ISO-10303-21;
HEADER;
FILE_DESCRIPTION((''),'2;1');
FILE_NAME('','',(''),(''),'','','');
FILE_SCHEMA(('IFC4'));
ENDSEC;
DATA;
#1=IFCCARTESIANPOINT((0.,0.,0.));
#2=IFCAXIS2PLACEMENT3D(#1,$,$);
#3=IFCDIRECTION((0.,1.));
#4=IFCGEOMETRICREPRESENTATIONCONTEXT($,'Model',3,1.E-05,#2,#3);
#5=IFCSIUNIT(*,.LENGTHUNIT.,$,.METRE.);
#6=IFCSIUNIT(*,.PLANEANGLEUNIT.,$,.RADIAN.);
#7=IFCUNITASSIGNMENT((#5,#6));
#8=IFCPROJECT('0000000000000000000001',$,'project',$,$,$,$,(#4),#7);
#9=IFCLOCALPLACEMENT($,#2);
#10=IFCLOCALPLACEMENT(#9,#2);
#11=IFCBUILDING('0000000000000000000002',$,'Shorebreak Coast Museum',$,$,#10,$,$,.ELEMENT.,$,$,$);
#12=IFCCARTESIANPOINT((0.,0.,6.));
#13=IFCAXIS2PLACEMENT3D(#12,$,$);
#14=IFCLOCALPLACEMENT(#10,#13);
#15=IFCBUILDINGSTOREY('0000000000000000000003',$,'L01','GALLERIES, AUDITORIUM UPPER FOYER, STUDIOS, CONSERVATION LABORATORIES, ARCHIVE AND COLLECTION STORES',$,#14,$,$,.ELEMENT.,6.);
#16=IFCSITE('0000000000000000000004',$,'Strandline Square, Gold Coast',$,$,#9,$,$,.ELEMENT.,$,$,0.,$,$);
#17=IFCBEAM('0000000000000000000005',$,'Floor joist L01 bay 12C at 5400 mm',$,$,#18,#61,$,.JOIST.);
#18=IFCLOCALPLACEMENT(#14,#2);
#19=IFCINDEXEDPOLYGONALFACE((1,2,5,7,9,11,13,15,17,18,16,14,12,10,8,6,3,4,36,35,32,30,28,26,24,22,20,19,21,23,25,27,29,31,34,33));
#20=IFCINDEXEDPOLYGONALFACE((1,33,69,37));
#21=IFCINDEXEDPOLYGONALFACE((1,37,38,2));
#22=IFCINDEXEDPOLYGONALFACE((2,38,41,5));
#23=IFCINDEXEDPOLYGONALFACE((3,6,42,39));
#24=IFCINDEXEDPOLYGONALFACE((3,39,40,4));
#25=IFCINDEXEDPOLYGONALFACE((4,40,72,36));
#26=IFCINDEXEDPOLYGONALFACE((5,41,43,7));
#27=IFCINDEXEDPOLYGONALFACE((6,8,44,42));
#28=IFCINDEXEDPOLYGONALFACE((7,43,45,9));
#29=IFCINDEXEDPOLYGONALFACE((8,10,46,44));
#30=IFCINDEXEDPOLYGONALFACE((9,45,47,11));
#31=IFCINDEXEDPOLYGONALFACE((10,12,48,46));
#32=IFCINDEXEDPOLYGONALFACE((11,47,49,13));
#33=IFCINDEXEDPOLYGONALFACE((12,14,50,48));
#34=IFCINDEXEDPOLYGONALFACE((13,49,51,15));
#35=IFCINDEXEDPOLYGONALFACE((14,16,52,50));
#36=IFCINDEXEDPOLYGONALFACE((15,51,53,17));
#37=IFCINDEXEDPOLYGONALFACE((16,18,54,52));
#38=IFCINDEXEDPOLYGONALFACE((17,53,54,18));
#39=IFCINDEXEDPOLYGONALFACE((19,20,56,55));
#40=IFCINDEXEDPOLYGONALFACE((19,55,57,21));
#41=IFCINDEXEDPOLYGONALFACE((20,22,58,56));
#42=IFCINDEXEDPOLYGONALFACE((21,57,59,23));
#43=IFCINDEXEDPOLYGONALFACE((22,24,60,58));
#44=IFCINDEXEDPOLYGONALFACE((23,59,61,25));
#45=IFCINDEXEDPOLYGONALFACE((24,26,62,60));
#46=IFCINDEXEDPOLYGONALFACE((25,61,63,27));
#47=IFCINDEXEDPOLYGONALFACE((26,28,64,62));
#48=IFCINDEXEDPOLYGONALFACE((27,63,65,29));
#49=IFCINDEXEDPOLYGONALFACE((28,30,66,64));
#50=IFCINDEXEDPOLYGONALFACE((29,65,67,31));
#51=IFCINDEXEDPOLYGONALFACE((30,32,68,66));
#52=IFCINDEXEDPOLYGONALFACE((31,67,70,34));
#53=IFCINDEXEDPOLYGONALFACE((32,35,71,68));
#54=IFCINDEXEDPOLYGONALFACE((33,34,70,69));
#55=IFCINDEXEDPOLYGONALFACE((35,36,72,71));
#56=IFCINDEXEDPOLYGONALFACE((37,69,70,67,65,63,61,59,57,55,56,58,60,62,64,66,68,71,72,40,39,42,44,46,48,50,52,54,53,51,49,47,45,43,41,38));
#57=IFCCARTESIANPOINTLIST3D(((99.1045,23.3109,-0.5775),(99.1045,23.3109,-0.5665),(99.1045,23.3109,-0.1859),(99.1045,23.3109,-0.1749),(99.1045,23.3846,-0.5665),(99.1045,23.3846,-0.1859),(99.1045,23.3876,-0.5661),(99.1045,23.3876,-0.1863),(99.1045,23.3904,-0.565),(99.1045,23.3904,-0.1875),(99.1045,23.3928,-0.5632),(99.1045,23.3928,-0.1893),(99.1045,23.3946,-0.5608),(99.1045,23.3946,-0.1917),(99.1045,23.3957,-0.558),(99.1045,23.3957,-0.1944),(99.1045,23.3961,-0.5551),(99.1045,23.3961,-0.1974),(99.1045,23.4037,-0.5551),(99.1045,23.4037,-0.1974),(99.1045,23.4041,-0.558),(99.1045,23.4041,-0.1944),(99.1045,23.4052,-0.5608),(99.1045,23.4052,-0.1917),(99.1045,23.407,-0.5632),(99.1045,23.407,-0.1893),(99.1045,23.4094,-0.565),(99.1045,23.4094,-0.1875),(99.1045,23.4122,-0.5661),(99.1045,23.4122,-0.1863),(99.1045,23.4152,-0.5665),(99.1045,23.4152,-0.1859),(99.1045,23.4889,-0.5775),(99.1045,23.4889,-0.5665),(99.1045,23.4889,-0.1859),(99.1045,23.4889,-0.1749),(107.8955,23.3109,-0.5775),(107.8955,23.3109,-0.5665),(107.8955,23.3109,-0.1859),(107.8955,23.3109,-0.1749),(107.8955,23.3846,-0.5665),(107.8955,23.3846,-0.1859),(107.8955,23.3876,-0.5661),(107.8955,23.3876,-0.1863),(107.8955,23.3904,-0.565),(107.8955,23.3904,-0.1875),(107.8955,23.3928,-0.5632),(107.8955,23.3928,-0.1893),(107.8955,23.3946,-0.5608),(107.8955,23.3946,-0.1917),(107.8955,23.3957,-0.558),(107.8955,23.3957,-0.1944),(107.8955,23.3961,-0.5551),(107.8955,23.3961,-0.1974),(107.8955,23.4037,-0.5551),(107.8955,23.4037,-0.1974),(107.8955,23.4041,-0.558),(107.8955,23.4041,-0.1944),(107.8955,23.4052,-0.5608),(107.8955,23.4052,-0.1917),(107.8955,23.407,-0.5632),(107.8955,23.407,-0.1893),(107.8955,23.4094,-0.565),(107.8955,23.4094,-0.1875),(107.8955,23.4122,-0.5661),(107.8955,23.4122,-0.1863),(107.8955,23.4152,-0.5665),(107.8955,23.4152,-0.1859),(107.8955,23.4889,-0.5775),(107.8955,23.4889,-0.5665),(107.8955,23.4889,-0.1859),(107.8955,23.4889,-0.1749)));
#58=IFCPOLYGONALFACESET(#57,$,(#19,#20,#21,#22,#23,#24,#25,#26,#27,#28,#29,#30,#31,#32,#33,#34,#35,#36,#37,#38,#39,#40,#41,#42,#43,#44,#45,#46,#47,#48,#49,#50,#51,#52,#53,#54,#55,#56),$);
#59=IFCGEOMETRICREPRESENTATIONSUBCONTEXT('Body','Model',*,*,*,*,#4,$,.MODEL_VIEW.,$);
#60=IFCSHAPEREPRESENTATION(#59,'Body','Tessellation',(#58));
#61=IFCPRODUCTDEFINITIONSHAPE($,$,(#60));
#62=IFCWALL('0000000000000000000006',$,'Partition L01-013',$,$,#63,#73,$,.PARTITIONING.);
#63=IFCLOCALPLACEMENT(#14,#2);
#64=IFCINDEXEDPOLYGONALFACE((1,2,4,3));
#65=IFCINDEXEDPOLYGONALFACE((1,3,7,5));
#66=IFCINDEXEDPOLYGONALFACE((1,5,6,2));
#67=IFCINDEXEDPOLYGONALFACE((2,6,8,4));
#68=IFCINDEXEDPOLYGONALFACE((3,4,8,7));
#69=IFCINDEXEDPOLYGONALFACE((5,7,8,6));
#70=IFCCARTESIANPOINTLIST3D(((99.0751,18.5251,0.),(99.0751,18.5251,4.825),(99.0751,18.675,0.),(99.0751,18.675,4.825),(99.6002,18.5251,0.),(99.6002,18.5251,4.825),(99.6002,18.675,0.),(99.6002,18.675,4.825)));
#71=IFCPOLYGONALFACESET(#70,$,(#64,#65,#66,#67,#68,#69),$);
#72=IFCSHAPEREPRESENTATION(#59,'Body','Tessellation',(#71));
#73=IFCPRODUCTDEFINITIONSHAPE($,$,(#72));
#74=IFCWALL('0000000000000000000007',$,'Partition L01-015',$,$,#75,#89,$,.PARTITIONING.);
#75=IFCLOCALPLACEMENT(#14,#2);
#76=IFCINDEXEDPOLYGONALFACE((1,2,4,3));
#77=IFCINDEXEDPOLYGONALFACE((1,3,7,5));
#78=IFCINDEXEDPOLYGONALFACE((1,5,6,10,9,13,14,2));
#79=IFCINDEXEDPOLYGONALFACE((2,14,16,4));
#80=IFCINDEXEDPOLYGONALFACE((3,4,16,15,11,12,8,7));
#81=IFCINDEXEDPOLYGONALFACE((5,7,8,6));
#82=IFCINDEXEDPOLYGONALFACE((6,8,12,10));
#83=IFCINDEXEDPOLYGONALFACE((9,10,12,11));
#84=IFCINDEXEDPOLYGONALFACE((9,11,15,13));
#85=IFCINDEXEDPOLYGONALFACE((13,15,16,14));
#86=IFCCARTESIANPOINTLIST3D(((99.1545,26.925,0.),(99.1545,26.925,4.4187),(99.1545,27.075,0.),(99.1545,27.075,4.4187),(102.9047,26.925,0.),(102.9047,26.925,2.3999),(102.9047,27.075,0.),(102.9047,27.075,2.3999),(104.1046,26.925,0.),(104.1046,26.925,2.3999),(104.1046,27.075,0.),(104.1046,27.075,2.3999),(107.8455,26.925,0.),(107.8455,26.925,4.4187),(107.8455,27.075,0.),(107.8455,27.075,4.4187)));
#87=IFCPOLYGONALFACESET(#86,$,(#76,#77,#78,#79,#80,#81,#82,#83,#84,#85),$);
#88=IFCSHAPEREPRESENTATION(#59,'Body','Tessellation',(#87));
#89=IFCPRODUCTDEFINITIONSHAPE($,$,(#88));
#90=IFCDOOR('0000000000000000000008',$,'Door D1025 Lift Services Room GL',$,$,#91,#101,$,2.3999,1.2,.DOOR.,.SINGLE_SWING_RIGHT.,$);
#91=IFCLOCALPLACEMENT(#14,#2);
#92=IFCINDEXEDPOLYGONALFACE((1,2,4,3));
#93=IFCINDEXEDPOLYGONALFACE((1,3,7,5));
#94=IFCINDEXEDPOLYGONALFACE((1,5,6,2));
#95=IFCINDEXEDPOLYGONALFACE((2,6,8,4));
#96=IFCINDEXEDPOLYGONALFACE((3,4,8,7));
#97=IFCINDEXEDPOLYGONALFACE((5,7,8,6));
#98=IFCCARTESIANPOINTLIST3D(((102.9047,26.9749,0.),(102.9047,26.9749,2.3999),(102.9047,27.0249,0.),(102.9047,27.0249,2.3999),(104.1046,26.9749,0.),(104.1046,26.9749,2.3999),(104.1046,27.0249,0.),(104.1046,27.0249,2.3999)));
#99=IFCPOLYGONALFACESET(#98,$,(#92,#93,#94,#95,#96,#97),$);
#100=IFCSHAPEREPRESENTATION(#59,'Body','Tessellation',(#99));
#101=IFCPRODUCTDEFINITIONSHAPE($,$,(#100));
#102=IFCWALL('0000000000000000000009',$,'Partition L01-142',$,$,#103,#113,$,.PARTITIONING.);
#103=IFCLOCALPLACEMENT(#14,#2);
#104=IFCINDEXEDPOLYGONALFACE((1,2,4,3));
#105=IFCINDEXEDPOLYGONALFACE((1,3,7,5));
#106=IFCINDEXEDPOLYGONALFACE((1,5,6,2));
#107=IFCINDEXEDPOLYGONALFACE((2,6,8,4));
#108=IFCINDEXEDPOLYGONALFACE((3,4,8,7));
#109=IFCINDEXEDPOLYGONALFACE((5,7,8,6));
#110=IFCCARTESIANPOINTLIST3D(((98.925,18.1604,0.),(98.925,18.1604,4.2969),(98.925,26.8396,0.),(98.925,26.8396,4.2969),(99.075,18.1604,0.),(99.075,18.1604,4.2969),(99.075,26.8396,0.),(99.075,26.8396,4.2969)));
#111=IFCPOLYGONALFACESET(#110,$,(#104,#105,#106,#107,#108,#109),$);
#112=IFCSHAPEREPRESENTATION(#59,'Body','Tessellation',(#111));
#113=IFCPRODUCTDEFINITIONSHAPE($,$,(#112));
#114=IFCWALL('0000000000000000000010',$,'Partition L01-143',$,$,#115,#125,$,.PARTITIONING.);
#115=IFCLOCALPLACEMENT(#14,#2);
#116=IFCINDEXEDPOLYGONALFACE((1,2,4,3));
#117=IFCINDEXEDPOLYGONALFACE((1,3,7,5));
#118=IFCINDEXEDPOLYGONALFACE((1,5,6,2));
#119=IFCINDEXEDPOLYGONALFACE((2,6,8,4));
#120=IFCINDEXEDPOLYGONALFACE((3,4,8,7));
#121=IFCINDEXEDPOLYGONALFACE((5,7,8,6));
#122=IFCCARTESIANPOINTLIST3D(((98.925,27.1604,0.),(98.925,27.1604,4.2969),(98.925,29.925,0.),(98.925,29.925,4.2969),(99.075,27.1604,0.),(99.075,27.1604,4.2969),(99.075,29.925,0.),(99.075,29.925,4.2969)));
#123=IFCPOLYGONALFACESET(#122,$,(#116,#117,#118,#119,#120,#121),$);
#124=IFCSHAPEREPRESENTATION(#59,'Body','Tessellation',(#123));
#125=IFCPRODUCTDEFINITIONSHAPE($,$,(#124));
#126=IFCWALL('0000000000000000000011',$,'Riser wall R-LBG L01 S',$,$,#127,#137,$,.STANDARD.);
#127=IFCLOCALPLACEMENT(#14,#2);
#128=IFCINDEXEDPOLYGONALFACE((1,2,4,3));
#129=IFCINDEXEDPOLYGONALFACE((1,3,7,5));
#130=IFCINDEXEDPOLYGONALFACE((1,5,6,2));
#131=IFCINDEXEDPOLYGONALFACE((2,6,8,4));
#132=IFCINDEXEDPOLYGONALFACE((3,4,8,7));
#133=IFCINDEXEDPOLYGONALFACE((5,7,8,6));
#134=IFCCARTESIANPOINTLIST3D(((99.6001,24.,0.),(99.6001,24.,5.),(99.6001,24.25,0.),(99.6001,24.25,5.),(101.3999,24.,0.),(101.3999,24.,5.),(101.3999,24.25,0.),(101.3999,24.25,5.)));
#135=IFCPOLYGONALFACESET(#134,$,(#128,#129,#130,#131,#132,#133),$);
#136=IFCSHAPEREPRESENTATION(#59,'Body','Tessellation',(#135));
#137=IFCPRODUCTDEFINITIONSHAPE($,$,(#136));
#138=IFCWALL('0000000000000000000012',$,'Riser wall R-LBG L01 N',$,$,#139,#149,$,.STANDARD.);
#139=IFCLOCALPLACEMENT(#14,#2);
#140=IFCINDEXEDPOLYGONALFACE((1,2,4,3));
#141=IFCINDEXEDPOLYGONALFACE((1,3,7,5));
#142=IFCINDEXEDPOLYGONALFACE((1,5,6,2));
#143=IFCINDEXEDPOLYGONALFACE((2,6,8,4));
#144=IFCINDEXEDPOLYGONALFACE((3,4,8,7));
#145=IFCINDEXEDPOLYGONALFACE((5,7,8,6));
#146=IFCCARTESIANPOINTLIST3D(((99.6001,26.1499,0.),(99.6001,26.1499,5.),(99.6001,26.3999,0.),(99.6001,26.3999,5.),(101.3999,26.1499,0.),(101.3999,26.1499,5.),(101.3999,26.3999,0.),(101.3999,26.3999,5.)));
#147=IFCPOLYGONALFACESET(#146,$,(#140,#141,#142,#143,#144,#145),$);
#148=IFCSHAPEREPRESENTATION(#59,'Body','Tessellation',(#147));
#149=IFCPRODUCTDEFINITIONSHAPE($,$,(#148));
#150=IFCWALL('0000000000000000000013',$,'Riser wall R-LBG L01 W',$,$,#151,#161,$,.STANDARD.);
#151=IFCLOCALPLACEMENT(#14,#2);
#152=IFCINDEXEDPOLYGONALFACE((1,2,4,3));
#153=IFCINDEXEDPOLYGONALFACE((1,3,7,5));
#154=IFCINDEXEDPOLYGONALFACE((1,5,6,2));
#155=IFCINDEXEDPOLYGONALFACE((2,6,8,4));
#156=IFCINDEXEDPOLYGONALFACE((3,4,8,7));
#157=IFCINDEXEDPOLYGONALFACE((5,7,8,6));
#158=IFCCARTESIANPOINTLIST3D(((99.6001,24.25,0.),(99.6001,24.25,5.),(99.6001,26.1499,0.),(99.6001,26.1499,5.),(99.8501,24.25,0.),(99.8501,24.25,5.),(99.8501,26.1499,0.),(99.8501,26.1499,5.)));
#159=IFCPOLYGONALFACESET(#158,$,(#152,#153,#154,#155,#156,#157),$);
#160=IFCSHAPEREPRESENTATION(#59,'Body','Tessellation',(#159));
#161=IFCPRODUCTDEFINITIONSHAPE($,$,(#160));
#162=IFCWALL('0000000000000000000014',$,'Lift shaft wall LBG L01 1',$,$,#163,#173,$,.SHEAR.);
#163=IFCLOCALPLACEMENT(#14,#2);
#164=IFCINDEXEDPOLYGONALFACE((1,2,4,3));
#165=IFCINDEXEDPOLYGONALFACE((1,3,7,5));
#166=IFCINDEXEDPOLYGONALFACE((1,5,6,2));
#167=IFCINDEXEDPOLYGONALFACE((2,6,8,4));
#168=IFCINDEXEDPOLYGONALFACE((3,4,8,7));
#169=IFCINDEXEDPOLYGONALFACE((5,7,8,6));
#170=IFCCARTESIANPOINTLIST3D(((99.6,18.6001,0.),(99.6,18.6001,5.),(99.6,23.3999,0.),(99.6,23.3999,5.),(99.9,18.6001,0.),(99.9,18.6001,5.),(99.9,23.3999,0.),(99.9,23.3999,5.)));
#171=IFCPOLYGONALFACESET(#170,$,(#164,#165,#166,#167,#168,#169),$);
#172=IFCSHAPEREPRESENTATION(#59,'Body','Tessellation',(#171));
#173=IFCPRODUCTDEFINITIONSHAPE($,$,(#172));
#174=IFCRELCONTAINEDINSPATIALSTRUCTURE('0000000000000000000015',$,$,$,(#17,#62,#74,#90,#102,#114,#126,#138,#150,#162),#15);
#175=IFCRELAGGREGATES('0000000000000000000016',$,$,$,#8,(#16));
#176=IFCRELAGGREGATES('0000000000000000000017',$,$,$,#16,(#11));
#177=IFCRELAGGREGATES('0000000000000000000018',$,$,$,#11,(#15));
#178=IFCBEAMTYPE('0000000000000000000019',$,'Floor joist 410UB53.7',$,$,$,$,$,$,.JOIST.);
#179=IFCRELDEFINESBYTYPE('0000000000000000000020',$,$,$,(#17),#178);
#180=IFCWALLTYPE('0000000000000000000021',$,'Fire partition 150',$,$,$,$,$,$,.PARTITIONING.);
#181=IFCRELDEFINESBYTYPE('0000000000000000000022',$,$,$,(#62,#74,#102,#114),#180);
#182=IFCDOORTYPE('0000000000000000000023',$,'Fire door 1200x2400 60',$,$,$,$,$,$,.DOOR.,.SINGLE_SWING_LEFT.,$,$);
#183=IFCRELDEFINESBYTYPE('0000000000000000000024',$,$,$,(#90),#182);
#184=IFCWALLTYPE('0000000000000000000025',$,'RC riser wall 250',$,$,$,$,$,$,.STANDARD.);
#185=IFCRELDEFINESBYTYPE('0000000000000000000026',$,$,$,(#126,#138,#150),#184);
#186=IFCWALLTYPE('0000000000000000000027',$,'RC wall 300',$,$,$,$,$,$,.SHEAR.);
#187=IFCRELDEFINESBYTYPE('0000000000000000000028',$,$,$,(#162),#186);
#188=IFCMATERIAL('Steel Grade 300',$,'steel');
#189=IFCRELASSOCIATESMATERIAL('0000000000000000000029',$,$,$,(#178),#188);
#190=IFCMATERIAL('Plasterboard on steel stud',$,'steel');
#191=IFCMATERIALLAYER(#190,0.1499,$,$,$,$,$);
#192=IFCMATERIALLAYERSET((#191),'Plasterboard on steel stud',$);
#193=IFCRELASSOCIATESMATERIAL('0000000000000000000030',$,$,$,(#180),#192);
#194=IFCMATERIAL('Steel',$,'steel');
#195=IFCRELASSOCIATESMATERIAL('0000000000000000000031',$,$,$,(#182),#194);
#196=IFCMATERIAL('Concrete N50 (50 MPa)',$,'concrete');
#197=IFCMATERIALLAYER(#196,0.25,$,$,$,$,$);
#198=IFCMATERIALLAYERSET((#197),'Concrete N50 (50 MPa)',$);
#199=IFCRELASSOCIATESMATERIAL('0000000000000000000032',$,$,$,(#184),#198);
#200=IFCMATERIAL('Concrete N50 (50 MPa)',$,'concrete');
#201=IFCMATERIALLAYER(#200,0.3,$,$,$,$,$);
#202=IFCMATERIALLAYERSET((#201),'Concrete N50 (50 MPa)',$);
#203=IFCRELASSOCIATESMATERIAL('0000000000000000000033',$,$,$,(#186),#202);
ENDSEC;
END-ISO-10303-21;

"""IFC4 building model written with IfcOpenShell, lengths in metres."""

from ifc_helpers import new_model, si_unit, direction, frame, frame_2d, origin, origin_2d, place, context, subcontext, project, spatial, rectangle, i_section, extrude, material, layer, layer_set, material_profile, profile_set, type_object, element, fill, save


model = new_model("IFC4")

# Units and contexts
model_context = context("Model", 3, precision=1e-05, world=origin(), true_north=direction((0.0, 1.0)))
body_context = subcontext(model_context, "Body", "Model", "MODEL_VIEW")
ifc_project = project(units=[si_unit("LENGTHUNIT", "METRE"), si_unit("PLANEANGLEUNIT", "RADIAN")], contexts=[model_context])

# Site, building, storey
site_placement = place(None, origin())
site = spatial("IfcSite", under=ifc_project, at=site_placement, Name="Strandline Square, Gold Coast", CompositionType="ELEMENT", RefElevation=0.0)
building_placement = place(site_placement, origin())
building = spatial("IfcBuilding", under=site, at=building_placement, Name="Shorebreak Coast Museum", CompositionType="ELEMENT")
storey_placement = place(building_placement, frame((0.0, 0.0, 6.0)))
storey = spatial("IfcBuildingStorey", under=building, at=storey_placement, Name="L01", Description="GALLERIES, AUDITORIUM UPPER FOYER, STUDIOS, CONSERVATION LABORATORIES, ARCHIVE AND COLLECTION STORES", CompositionType="ELEMENT", Elevation=6.0)

# Beam
ifc_material_1 = material(Name="Steel Grade 300", Category="steel")
ifc_material_profile_1 = material_profile(ifc_material_1, i_section(OverallWidth=0.178, OverallDepth=0.4026, WebThickness=0.0076, FlangeThickness=0.011, FilletRadius=0.0115, at=origin_2d()), Name="410UB53.7")
ifc_profile_set_1 = profile_set([ifc_material_profile_1], Name="Steel Grade 300")
beam_type_1 = type_object("IfcBeamType", Name="Floor joist 410UB53.7", PredefinedType="JOIST", material=ifc_profile_set_1)
for number, where, z_axis, x_axis, name in (
    (1, (99.1045, 23.3999, -0.3762), (1.0, 0.0, 0.0), (0.0, 1.0, 0.0), "Floor joist L01 bay 12C at 5400 mm"),
):
    element("IfcBeam", number, at=place(storey_placement, frame(where, z_axis=z_axis, x_axis=x_axis)), inside=storey, type_object=beam_type_1, Name=name, PredefinedType="JOIST", context=body_context, shape_type="SweptSolid", body=[
        extrude(i_section(OverallWidth=0.178, OverallDepth=0.4026, WebThickness=0.0076, FlangeThickness=0.011, FilletRadius=0.0115, at=origin_2d()), origin(), (0.0, 0.0, 1.0), 8.791),
    ])

# Wall
ifc_material_2 = material(Name="Plasterboard on steel stud", Category="steel")
ifc_layer_1 = layer(ifc_material_2, 0.1499)
ifc_layer_set_1 = layer_set([ifc_layer_1], Name="Plasterboard on steel stud")
wall_type_1 = type_object("IfcWallType", Name="Fire partition 150", PredefinedType="PARTITIONING", material=ifc_layer_set_1)
wall_1_placement = place(storey_placement, frame((99.075, 18.6001, 0.0), z_axis=(0.0, 0.0, 1.0), x_axis=(1.0, 0.0, 0.0)))
element("IfcWall", 2, at=wall_1_placement, inside=storey, type_object=wall_type_1, Name="Partition L01-013", PredefinedType="PARTITIONING", context=body_context, shape_type="SweptSolid", body=[
    extrude(rectangle(XDim=0.5251, YDim=0.1499, at=frame_2d((0.2627, 0.0))), origin(), (0.0, 0.0, 1.0), 4.825),
])

# Wall, opening, door
wall_2_placement = place(storey_placement, frame((99.1545, 27.0, 0.0), z_axis=(0.0, 0.0, 1.0), x_axis=(1.0, 0.0, 0.0)))
wall_2 = element("IfcWall", 3, at=wall_2_placement, inside=storey, type_object=wall_type_1, Name="Partition L01-015", PredefinedType="PARTITIONING", context=body_context, shape_type="SweptSolid", body=[
    extrude(rectangle(XDim=8.6909, YDim=0.1499, at=frame_2d((4.3455, 0.0))), origin(), (0.0, 0.0, 1.0), 4.4187),
])
opening_1_placement = place(wall_2_placement, frame((3.75, 0.0, 0.0)))
opening_1 = element("IfcOpeningElement", 4, at=opening_1_placement, cuts=wall_2, PredefinedType="OPENING", context=body_context, shape_type="SweptSolid", body=[
    extrude(rectangle(XDim=1.2, YDim=2.3999, at=frame_2d((0.6001, 1.2))), frame((0.0, 0.085, 0.0), z_axis=(0.0, -1.0, 0.0), x_axis=(1.0, 0.0, 0.0)), (0.0, 0.0, 1.0), 0.1699),
])
ifc_material_3 = material(Name="Steel", Category="steel")
door_type_1 = type_object("IfcDoorType", Name="Fire door 1200x2400 60", OperationType="SINGLE_SWING_LEFT", PredefinedType="DOOR", material=ifc_material_3)
door_1_placement = place(opening_1_placement, origin())
door_1 = element("IfcDoor", 5, at=door_1_placement, inside=storey, type_object=door_type_1, Name="Door D1025 Lift Services Room GL", OperationType="SINGLE_SWING_RIGHT", OverallHeight=2.3999, OverallWidth=1.2, PredefinedType="DOOR", context=body_context, shape_type="SweptSolid", body=[
    extrude(rectangle(XDim=1.2, YDim=2.3999, at=frame_2d((0.6001, 1.2))), frame((0.0, 0.0249, 0.0), z_axis=(0.0, -1.0, 0.0), x_axis=(1.0, 0.0, 0.0)), (0.0, 0.0, 1.0), 0.05),
])
fill(opening_1, door_1)

# Walls
wall_3_placement = place(storey_placement, frame((99.0, 18.1604, 0.0), z_axis=(0.0, 0.0, 1.0), x_axis=(0.0, 1.0, 0.0)))
element("IfcWall", 6, at=wall_3_placement, inside=storey, type_object=wall_type_1, Name="Partition L01-142", PredefinedType="PARTITIONING", context=body_context, shape_type="SweptSolid", body=[
    extrude(rectangle(XDim=8.6792, YDim=0.1499, at=frame_2d((4.3396, 0.0))), origin(), (0.0, 0.0, 1.0), 4.2969),
])
wall_4_placement = place(storey_placement, frame((99.0, 27.1604, 0.0), z_axis=(0.0, 0.0, 1.0), x_axis=(0.0, 1.0, 0.0)))
element("IfcWall", 7, at=wall_4_placement, inside=storey, type_object=wall_type_1, Name="Partition L01-143", PredefinedType="PARTITIONING", context=body_context, shape_type="SweptSolid", body=[
    extrude(rectangle(XDim=2.7646, YDim=0.1499, at=frame_2d((1.3823, 0.0))), origin(), (0.0, 0.0, 1.0), 4.2969),
])
ifc_material_4 = material(Name="Concrete N50 (50 MPa)", Category="concrete")
ifc_layer_2 = layer(ifc_material_4, 0.25)
ifc_layer_set_2 = layer_set([ifc_layer_2], Name="Concrete N50 (50 MPa)")
wall_type_2 = type_object("IfcWallType", Name="RC riser wall 250", PredefinedType="STANDARD", material=ifc_layer_set_2)
for number, where, z_axis, x_axis, name in (
    (8, (99.6001, 24.125, 0.0), (0.0, 0.0, 1.0), (1.0, 0.0, 0.0), "Riser wall R-LBG L01 S"),
    (9, (99.6001, 26.2749, 0.0), (0.0, 0.0, 1.0), (1.0, 0.0, 0.0), "Riser wall R-LBG L01 N"),
):
    element("IfcWall", number, at=place(storey_placement, frame(where, z_axis=z_axis, x_axis=x_axis)), inside=storey, type_object=wall_type_2, Name=name, PredefinedType="STANDARD", context=body_context, shape_type="SweptSolid", body=[
        extrude(rectangle(XDim=1.7998, YDim=0.25, at=frame_2d((0.8999, 0.0))), origin(), (0.0, 0.0, 1.0), 5.0),
    ])
wall_5_placement = place(storey_placement, frame((99.7251, 24.25, 0.0), z_axis=(0.0, 0.0, 1.0), x_axis=(0.0, 1.0, 0.0)))
element("IfcWall", 10, at=wall_5_placement, inside=storey, type_object=wall_type_2, Name="Riser wall R-LBG L01 W", PredefinedType="STANDARD", context=body_context, shape_type="SweptSolid", body=[
    extrude(rectangle(XDim=1.8999, YDim=0.25, at=frame_2d((0.95, 0.0))), origin(), (0.0, 0.0, 1.0), 5.0),
])
ifc_material_5 = material(Name="Concrete N50 (50 MPa)", Category="concrete")
ifc_layer_3 = layer(ifc_material_5, 0.3)
ifc_layer_set_3 = layer_set([ifc_layer_3], Name="Concrete N50 (50 MPa)")
wall_type_3 = type_object("IfcWallType", Name="RC wall 300", PredefinedType="SHEAR", material=ifc_layer_set_3)
wall_6_placement = place(storey_placement, frame((99.75, 18.6001, 0.0), z_axis=(0.0, 0.0, 1.0), x_axis=(0.0, 1.0, 0.0)))
element("IfcWall", 11, at=wall_6_placement, inside=storey, type_object=wall_type_3, Name="Lift shaft wall LBG L01 1", PredefinedType="SHEAR", context=body_context, shape_type="SweptSolid", body=[
    extrude(rectangle(XDim=4.7998, YDim=0.3, at=frame_2d((2.3999, 0.0))), origin(), (0.0, 0.0, 1.0), 5.0),
])

save(model, "model.ifc")
